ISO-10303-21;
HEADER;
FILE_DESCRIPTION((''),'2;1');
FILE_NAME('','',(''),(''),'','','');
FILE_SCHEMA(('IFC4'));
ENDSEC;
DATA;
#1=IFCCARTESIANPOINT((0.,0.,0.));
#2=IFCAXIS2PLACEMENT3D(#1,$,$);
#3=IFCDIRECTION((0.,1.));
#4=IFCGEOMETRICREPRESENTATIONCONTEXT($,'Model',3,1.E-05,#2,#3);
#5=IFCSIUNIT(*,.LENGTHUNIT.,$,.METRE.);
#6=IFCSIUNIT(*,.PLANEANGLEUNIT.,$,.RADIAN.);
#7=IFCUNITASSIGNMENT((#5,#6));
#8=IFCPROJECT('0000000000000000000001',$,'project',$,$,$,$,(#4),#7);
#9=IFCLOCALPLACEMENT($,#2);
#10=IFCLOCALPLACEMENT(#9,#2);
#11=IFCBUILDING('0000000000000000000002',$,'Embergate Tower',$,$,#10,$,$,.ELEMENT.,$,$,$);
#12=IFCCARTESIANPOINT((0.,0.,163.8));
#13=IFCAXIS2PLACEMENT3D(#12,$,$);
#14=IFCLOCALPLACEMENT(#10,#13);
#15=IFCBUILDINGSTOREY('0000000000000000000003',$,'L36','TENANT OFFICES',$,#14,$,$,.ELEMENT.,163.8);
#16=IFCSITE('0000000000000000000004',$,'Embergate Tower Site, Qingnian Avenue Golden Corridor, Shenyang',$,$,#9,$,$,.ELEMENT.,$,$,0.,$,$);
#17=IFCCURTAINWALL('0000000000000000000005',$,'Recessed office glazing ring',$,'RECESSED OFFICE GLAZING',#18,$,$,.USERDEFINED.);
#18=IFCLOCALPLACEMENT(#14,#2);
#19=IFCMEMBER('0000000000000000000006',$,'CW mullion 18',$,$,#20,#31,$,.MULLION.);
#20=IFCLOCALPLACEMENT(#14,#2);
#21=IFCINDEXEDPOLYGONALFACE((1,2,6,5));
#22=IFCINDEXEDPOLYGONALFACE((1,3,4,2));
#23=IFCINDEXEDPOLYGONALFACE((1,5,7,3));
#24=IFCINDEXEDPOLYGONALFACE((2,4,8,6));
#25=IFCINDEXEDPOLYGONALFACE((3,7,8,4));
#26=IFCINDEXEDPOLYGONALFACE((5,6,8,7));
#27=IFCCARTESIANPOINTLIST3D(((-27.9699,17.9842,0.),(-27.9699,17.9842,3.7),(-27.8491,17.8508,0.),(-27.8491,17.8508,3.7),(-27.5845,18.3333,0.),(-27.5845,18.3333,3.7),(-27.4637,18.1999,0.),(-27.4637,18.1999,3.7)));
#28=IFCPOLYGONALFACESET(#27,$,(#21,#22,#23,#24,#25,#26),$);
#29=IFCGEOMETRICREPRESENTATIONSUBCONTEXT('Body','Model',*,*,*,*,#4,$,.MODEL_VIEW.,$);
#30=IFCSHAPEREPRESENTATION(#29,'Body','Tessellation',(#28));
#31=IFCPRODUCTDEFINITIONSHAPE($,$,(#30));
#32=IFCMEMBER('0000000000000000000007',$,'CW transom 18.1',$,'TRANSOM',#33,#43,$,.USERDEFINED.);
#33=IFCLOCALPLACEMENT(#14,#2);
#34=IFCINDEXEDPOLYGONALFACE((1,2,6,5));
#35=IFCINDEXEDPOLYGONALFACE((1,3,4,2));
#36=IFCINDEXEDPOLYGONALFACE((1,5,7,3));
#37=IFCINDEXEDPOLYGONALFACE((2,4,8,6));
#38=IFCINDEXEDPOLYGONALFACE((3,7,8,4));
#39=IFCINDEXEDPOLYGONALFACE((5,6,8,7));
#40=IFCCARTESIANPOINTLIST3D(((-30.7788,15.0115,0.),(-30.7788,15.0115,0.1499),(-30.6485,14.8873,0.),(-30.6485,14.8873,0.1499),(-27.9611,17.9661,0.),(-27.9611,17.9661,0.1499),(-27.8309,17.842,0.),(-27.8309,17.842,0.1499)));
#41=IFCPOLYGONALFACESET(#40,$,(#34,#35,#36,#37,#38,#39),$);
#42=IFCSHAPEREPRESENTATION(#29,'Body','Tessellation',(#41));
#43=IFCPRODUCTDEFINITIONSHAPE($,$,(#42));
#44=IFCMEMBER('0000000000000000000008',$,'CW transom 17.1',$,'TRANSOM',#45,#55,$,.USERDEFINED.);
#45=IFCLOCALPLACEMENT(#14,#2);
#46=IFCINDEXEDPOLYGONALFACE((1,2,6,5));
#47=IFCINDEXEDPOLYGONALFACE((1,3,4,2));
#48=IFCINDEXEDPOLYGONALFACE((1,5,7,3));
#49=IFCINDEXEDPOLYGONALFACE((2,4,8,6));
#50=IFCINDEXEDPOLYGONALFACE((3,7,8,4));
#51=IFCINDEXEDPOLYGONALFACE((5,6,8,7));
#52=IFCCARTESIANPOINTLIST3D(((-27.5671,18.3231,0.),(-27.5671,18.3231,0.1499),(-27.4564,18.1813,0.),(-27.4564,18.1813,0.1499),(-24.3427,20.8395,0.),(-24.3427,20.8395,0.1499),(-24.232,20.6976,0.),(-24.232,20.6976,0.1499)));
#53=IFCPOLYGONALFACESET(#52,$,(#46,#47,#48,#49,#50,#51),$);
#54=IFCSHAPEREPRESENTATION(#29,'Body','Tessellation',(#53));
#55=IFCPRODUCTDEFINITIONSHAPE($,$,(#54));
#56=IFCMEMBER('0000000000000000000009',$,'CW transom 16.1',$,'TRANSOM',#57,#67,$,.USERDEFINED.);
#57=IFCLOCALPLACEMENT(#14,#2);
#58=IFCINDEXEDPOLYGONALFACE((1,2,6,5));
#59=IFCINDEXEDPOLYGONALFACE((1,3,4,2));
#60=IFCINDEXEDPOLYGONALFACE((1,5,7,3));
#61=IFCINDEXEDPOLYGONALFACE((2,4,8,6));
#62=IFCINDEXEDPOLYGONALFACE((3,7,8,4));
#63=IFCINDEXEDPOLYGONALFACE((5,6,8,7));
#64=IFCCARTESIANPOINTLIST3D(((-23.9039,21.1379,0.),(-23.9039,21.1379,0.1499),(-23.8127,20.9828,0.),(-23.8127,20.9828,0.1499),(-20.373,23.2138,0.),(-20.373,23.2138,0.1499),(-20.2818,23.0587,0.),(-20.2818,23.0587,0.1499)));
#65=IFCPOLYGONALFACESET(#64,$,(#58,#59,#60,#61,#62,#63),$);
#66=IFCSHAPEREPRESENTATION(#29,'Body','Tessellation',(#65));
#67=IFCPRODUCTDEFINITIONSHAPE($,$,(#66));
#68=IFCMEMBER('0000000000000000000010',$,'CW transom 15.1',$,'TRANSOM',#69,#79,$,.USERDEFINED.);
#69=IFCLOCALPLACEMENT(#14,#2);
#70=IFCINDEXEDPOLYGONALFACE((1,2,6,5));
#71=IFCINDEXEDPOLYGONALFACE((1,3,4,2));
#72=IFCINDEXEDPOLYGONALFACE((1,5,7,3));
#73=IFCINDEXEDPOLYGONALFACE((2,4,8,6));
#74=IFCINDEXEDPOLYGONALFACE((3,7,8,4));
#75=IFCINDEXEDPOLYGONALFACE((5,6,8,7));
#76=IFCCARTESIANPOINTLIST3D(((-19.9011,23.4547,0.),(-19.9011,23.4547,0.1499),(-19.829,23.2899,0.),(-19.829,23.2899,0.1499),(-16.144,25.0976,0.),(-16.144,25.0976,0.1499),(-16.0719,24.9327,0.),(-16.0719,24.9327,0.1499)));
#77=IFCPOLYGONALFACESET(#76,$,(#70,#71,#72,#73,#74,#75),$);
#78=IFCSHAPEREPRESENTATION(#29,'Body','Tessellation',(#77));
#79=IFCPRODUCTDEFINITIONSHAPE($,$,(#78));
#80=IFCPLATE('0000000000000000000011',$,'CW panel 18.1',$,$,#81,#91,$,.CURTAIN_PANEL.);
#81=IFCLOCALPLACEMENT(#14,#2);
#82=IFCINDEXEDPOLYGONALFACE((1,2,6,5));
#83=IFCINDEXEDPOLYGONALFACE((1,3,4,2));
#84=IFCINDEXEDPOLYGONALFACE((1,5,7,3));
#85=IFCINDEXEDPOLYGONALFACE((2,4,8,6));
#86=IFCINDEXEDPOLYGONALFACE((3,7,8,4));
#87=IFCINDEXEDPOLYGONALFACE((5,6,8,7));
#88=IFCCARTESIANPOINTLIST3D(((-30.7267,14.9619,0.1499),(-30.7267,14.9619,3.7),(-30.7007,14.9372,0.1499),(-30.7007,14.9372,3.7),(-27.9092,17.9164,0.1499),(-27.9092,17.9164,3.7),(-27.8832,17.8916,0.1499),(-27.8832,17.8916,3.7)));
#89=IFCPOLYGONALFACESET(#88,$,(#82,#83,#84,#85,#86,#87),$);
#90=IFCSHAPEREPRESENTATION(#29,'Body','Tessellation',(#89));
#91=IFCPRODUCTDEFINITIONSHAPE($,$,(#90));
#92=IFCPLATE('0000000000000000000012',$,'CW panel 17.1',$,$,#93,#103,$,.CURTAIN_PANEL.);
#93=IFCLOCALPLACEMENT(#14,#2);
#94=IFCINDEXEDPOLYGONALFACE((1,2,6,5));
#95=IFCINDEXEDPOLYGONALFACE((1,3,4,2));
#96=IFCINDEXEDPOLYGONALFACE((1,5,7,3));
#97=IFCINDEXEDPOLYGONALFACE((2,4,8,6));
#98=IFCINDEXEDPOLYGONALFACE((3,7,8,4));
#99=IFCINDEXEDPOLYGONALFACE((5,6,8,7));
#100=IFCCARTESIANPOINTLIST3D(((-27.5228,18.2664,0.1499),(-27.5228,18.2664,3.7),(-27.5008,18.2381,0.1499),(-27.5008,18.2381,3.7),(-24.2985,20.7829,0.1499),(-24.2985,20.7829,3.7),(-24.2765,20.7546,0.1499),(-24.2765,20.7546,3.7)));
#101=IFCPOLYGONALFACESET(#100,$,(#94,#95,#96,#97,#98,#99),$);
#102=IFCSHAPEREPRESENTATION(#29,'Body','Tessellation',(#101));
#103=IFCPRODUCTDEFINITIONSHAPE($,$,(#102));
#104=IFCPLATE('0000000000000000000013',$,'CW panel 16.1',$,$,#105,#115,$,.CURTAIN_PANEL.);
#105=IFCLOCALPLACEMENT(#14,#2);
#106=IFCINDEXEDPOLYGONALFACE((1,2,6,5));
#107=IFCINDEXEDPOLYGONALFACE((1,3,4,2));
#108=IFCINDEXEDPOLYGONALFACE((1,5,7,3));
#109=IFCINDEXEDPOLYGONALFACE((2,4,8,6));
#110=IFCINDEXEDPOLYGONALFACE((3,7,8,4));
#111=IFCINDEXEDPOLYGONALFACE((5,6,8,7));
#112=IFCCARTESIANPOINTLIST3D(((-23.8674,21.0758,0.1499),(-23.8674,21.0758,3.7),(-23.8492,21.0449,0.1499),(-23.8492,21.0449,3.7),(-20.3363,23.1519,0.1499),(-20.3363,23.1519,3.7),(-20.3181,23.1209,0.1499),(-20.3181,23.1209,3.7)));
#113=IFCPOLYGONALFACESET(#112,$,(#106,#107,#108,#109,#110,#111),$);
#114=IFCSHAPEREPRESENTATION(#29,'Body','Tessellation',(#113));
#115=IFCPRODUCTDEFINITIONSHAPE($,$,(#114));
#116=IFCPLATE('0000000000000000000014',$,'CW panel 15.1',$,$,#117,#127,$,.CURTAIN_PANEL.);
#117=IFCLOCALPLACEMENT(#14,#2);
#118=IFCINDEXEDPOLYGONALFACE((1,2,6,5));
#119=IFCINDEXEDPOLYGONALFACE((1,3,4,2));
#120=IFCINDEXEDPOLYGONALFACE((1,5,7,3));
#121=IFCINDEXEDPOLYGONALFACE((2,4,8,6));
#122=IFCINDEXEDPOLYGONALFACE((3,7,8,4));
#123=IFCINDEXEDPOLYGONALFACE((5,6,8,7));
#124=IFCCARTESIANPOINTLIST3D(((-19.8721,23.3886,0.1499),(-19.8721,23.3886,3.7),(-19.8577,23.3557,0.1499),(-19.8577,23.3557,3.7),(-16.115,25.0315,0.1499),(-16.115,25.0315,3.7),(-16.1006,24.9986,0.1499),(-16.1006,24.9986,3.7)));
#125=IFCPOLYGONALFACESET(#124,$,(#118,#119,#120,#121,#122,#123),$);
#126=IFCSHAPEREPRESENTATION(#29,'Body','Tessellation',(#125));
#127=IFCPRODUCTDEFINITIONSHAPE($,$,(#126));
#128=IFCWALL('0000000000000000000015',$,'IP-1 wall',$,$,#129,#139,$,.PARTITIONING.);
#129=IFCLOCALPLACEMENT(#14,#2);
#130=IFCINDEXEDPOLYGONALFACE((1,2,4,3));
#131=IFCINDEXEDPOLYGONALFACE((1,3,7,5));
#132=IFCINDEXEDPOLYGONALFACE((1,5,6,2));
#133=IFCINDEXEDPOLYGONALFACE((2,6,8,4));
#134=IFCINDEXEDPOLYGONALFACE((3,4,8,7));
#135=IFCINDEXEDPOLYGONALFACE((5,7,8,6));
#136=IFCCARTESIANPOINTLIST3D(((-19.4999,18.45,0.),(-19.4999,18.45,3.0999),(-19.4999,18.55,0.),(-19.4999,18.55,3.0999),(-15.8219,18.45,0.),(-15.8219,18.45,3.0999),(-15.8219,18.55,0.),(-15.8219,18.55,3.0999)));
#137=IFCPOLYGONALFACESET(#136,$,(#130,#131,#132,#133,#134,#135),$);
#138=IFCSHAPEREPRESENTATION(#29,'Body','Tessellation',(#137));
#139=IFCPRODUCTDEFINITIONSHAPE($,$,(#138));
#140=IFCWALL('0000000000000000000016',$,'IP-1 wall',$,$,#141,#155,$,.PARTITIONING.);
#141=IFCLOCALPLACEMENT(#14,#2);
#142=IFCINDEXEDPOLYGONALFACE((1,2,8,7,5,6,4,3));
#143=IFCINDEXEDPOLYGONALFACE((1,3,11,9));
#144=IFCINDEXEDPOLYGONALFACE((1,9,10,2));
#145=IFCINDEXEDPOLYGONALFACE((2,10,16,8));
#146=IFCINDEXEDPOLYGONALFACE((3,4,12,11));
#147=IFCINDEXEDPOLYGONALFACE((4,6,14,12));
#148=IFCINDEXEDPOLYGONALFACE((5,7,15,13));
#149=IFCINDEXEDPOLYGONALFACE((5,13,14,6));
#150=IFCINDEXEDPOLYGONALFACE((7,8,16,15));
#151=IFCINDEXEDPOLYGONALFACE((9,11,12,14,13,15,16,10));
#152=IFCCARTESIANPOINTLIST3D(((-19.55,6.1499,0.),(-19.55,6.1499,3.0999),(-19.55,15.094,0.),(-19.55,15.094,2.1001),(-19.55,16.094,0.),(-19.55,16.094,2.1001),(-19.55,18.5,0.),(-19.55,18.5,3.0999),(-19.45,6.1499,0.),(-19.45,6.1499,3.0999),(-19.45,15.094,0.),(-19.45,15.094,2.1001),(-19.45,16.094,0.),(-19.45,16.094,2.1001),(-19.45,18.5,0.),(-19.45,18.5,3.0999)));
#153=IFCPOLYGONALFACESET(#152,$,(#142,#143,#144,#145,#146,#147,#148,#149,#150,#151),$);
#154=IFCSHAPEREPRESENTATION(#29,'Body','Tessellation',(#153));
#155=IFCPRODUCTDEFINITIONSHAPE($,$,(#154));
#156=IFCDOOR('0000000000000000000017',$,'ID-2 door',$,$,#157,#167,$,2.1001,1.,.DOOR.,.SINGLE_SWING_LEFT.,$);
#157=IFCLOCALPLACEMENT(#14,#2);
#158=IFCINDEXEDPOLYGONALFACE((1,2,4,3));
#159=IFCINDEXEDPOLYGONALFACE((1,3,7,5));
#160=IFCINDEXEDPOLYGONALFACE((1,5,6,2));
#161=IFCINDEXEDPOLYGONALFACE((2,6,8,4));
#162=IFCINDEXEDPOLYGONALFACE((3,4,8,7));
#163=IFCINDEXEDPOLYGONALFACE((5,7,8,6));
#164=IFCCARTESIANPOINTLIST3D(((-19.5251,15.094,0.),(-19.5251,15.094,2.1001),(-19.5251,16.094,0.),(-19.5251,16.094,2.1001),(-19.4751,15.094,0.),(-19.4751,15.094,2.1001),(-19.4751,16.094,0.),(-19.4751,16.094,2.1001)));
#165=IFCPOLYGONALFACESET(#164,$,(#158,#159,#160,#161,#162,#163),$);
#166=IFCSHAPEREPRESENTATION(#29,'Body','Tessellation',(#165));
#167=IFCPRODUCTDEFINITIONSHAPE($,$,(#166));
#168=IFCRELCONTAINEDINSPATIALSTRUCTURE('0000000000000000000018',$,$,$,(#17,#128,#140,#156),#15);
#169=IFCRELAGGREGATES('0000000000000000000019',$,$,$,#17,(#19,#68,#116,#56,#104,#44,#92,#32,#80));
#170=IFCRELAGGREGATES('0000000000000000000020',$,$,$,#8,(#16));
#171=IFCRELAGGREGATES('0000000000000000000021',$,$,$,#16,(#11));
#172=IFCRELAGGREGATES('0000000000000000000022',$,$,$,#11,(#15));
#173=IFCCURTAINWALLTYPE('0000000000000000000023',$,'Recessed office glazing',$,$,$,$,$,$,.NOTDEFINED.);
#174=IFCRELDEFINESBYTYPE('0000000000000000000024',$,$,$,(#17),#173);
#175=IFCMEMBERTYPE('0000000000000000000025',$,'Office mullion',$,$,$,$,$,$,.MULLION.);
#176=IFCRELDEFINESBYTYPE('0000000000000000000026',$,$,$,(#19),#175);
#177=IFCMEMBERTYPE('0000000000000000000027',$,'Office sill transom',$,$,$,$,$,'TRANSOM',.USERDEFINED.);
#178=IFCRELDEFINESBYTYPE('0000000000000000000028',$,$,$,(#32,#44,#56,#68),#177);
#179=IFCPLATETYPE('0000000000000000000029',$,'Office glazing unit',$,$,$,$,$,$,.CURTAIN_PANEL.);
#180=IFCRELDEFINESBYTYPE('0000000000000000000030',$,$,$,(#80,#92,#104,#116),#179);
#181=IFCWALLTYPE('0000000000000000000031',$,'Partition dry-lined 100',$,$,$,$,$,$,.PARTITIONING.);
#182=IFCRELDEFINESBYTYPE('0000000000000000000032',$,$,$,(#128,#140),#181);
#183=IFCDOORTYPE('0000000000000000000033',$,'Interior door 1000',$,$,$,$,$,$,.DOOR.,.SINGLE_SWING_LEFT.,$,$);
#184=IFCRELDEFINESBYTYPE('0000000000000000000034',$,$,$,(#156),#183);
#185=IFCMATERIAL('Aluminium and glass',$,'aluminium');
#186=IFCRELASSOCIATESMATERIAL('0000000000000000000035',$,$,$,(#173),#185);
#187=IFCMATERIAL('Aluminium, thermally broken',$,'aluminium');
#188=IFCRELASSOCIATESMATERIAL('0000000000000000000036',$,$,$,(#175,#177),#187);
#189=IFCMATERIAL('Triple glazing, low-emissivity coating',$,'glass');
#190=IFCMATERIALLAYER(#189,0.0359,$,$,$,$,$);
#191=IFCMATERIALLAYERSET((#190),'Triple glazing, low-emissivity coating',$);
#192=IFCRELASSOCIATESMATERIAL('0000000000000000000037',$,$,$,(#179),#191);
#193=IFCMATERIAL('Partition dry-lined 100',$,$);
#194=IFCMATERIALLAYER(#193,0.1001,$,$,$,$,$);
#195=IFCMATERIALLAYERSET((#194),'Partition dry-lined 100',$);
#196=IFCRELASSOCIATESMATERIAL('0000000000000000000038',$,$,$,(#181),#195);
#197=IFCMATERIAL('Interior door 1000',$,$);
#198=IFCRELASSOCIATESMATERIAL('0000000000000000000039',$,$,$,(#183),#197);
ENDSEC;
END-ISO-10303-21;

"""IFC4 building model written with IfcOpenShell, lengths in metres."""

from ifc_helpers import new_model, si_unit, direction, frame, frame_2d, origin, origin_2d, place, context, subcontext, project, spatial, rectangle, extrude, source, transform, mapped, material, layer, layer_set, material_profile, profile_set, type_object, element, fill, aggregate, save


model = new_model("IFC4")

# Units and contexts
model_context = context("Model", 3, precision=1e-05, world=origin(), true_north=direction((0.0, 1.0)))
body_context = subcontext(model_context, "Body", "Model", "MODEL_VIEW")
ifc_project = project(units=[si_unit("LENGTHUNIT", "METRE"), si_unit("PLANEANGLEUNIT", "RADIAN")], contexts=[model_context])

# Site, building, storey
site_placement = place(None, origin())
site = spatial("IfcSite", under=ifc_project, at=site_placement, Name="Embergate Tower Site, Qingnian Avenue Golden Corridor, Shenyang", CompositionType="ELEMENT", RefElevation=0.0)
building_placement = place(site_placement, origin())
building = spatial("IfcBuilding", under=site, at=building_placement, Name="Embergate Tower", CompositionType="ELEMENT")
storey_placement = place(building_placement, frame((0.0, 0.0, 163.8)))
storey = spatial("IfcBuildingStorey", under=building, at=storey_placement, Name="L36", Description="TENANT OFFICES", CompositionType="ELEMENT", Elevation=163.8)

# Curtain wall, members, plates
ifc_material_1 = material(Name="Aluminium and glass", Category="aluminium")
curtain_wall_type = type_object("IfcCurtainWallType", Name="Recessed office glazing", PredefinedType="NOTDEFINED", material=ifc_material_1)
curtain_wall_placement = place(storey_placement, origin())
curtain_wall = element("IfcCurtainWall", 1, at=curtain_wall_placement, inside=storey, type_object=curtain_wall_type, Name="Recessed office glazing ring", ObjectType="RECESSED OFFICE GLAZING", PredefinedType="USERDEFINED")
ifc_material_2 = material(Name="Aluminium, thermally broken", Category="aluminium")
ifc_material_profile_1 = material_profile(ifc_material_2, rectangle(XDim=0.1799, YDim=0.52, at=origin_2d()), Name="AL 520x180")
ifc_profile_set_1 = profile_set([ifc_material_profile_1], Name="Aluminium, thermally broken")
member_type_1 = type_object("IfcMemberType", Name="Office mullion", PredefinedType="MULLION", material=ifc_profile_set_1)
shared_shape_1 = source(origin(), body_context, "Body", "SweptSolid", [
    extrude(rectangle(XDim=0.1799, YDim=0.52, at=origin_2d()), origin(), (0.0, 0.0, 1.0), 3.7),
])
member_1_placement = place(storey_placement, frame((-27.7168, 18.092, 0.0), z_axis=(0.0, 0.0, 1.0), x_axis=(0.671227, -0.741252, 0.0)))
member_1 = element("IfcMember", 2, at=member_1_placement, type_object=member_type_1, Name="CW mullion 18", PredefinedType="MULLION", context=body_context, shape_type="MappedRepresentation", body=[
    mapped(shared_shape_1, transform((0.0, 0.0, 0.0))),
])
ifc_material_profile_2 = material_profile(ifc_material_2, rectangle(XDim=0.1799, YDim=0.1499, at=origin_2d()), Name="AL 150x180")
ifc_profile_set_2 = profile_set([ifc_material_profile_2], Name="Aluminium, thermally broken")
member_type_2 = type_object("IfcMemberType", Name="Office sill transom", ElementType="TRANSOM", PredefinedType="USERDEFINED", material=ifc_profile_set_2)
shared_shape_2 = source(origin(), body_context, "Body", "SweptSolid", [
    extrude(rectangle(XDim=0.1799, YDim=0.1499, at=origin_2d()), origin(), (0.0, 0.0, 1.0), 4.0828),
])
member_2_placement = place(storey_placement, frame((-27.896, 17.9041, 0.075), z_axis=(-0.690134, -0.723681, 0.0), x_axis=(0.723681, -0.690134, 0.0)))
member_2 = element("IfcMember", 3, at=member_2_placement, type_object=member_type_2, Name="CW transom 18.1", ObjectType="TRANSOM", PredefinedType="USERDEFINED", context=body_context, shape_type="MappedRepresentation", body=[
    mapped(shared_shape_2, transform((0.0, 0.0, 0.0))),
])
shared_shape_3 = source(origin(), body_context, "Body", "SweptSolid", [
    extrude(rectangle(XDim=0.1799, YDim=0.1499, at=origin_2d()), origin(), (0.0, 0.0, 1.0), 4.0901),
])
member_3_placement = place(storey_placement, frame((-24.2874, 20.7686, 0.075), z_axis=(-0.788342, -0.615237, 0.0), x_axis=(0.615237, -0.788342, 0.0)))
member_3 = element("IfcMember", 4, at=member_3_placement, type_object=member_type_2, Name="CW transom 17.1", ObjectType="TRANSOM", PredefinedType="USERDEFINED", context=body_context, shape_type="MappedRepresentation", body=[
    mapped(shared_shape_3, transform((0.0, 0.0, 0.0))),
])
shared_shape_4 = source(origin(), body_context, "Body", "SweptSolid", [
    extrude(rectangle(XDim=0.1799, YDim=0.1499, at=origin_2d()), origin(), (0.0, 0.0, 1.0), 4.0959),
])
member_4_placement = place(storey_placement, frame((-20.3274, 23.1362, 0.075), z_axis=(-0.862055, -0.506814, 0.0), x_axis=(0.506814, -0.862055, 0.0)))
member_4 = element("IfcMember", 5, at=member_4_placement, type_object=member_type_2, Name="CW transom 16.1", ObjectType="TRANSOM", PredefinedType="USERDEFINED", context=body_context, shape_type="MappedRepresentation", body=[
    mapped(shared_shape_4, transform((0.0, 0.0, 0.0))),
])
shared_shape_5 = source(origin(), body_context, "Body", "SweptSolid", [
    extrude(rectangle(XDim=0.1799, YDim=0.1499, at=origin_2d()), origin(), (0.0, 0.0, 1.0), 4.1006),
])
member_5_placement = place(storey_placement, frame((-16.1079, 25.0151, 0.075), z_axis=(-0.916238, -0.400635, 0.0), x_axis=(0.400635, -0.916238, 0.0)))
member_5 = element("IfcMember", 6, at=member_5_placement, type_object=member_type_2, Name="CW transom 15.1", ObjectType="TRANSOM", PredefinedType="USERDEFINED", context=body_context, shape_type="MappedRepresentation", body=[
    mapped(shared_shape_5, transform((0.0, 0.0, 0.0))),
])
ifc_material_3 = material(Name="Triple glazing, low-emissivity coating", Category="glass")
ifc_layer_1 = layer(ifc_material_3, 0.0359)
ifc_layer_set_1 = layer_set([ifc_layer_1], Name="Triple glazing, low-emissivity coating")
plate_type = type_object("IfcPlateType", Name="Office glazing unit", PredefinedType="CURTAIN_PANEL", material=ifc_layer_set_1)
shared_shape_6 = source(origin(), body_context, "Body", "SweptSolid", [
    extrude(rectangle(XDim=4.0825, YDim=0.0359, at=origin_2d()), origin(), (0.0, 0.0, 1.0), 3.55),
])
plate_1_placement = place(storey_placement, frame((-29.3049, 16.4268, 0.1499), z_axis=(0.0, 0.0, 1.0), x_axis=(-0.690135, -0.723681, 0.0)))
plate_1 = element("IfcPlate", 7, at=plate_1_placement, type_object=plate_type, Name="CW panel 18.1", PredefinedType="CURTAIN_PANEL", context=body_context, shape_type="MappedRepresentation", body=[
    mapped(shared_shape_6, transform((0.0, 0.0, 0.0))),
])
shared_shape_7 = source(origin(), body_context, "Body", "SweptSolid", [
    extrude(rectangle(XDim=4.0901, YDim=0.0359, at=origin_2d()), origin(), (0.0, 0.0, 1.0), 3.55),
])
plate_2_placement = place(storey_placement, frame((-25.8997, 19.5105, 0.1499), z_axis=(0.0, 0.0, 1.0), x_axis=(-0.78832, -0.615265, 0.0)))
plate_2 = element("IfcPlate", 8, at=plate_2_placement, type_object=plate_type, Name="CW panel 17.1", PredefinedType="CURTAIN_PANEL", context=body_context, shape_type="MappedRepresentation", body=[
    mapped(shared_shape_7, transform((0.0, 0.0, 0.0))),
])
shared_shape_8 = source(origin(), body_context, "Body", "SweptSolid", [
    extrude(rectangle(XDim=4.0962, YDim=0.0359, at=origin_2d()), origin(), (0.0, 0.0, 1.0), 3.55),
])
plate_3_placement = place(storey_placement, frame((-22.0928, 22.0984, 0.1499), z_axis=(0.0, 0.0, 1.0), x_axis=(-0.862053, -0.506818, 0.0)))
plate_3 = element("IfcPlate", 9, at=plate_3_placement, type_object=plate_type, Name="CW panel 16.1", PredefinedType="CURTAIN_PANEL", context=body_context, shape_type="MappedRepresentation", body=[
    mapped(shared_shape_8, transform((0.0, 0.0, 0.0))),
])
shared_shape_9 = source(origin(), body_context, "Body", "SweptSolid", [
    extrude(rectangle(XDim=4.1006, YDim=0.0359, at=origin_2d()), origin(), (0.0, 0.0, 1.0), 3.55),
])
plate_4_placement = place(storey_placement, frame((-17.9863, 24.1936, 0.1499), z_axis=(0.0, 0.0, 1.0), x_axis=(-0.916236, -0.400638, 0.0)))
plate_4 = element("IfcPlate", 10, at=plate_4_placement, type_object=plate_type, Name="CW panel 15.1", PredefinedType="CURTAIN_PANEL", context=body_context, shape_type="MappedRepresentation", body=[
    mapped(shared_shape_9, transform((0.0, 0.0, 0.0))),
])
aggregate(curtain_wall, [member_1, member_5, plate_4, member_4, plate_3, member_3, plate_2, member_2, plate_1])

# Wall
ifc_material_4 = material(Name="Partition dry-lined 100")
ifc_layer_2 = layer(ifc_material_4, 0.1001)
ifc_layer_set_2 = layer_set([ifc_layer_2], Name="Partition dry-lined 100")
wall_type = type_object("IfcWallType", Name="Partition dry-lined 100", PredefinedType="PARTITIONING", material=ifc_layer_set_2)
shared_shape_10 = source(origin(), body_context, "Body", "SweptSolid", [
    extrude(rectangle(XDim=3.678, YDim=0.1001, at=frame_2d((1.8389, 0.0))), origin(), (0.0, 0.0, 1.0), 3.0999),
])
wall_1_placement = place(storey_placement, frame((-15.822, 18.5, 0.0), z_axis=(0.0, 0.0, 1.0), x_axis=(-1.0, 0.0, 0.0)))
element("IfcWall", 11, at=wall_1_placement, inside=storey, type_object=wall_type, Name="IP-1 wall", PredefinedType="PARTITIONING", context=body_context, shape_type="MappedRepresentation", body=[
    mapped(shared_shape_10, transform((0.0, 0.0, 0.0))),
])

# Wall, opening, door
shared_shape_11 = source(origin(), body_context, "Body", "SweptSolid", [
    extrude(rectangle(XDim=12.3501, YDim=0.1001, at=frame_2d((6.175, 0.0))), origin(), (0.0, 0.0, 1.0), 3.0999),
])
wall_2_placement = place(storey_placement, frame((-19.5, 18.5, 0.0), z_axis=(0.0, 0.0, 1.0), x_axis=(0.0, -1.0, 0.0)))
wall_2 = element("IfcWall", 12, at=wall_2_placement, inside=storey, type_object=wall_type, Name="IP-1 wall", PredefinedType="PARTITIONING", context=body_context, shape_type="MappedRepresentation", body=[
    mapped(shared_shape_11, transform((0.0, 0.0, 0.0))),
])
shared_shape_12 = source(origin(), body_context, "Body", "SweptSolid", [
    extrude(rectangle(XDim=1.0, YDim=2.1001, at=frame_2d((0.5, 1.05))), frame((0.0, 0.0601, 0.0), z_axis=(0.0, -1.0, 0.0), x_axis=(1.0, 0.0, 0.0)), (0.0, 0.0, 1.0), 0.1201),
])
opening_placement = place(wall_2_placement, frame((2.406, 0.0, 0.0)))
opening = element("IfcOpeningElement", 13, at=opening_placement, cuts=wall_2, PredefinedType="OPENING", context=body_context, shape_type="MappedRepresentation", body=[
    mapped(shared_shape_12, transform((0.0, 0.0, 0.0))),
])
ifc_material_5 = material(Name="Interior door 1000")
door_type = type_object("IfcDoorType", Name="Interior door 1000", OperationType="SINGLE_SWING_LEFT", PredefinedType="DOOR", material=ifc_material_5)
shared_shape_13 = source(origin(), body_context, "Body", "SweptSolid", [
    extrude(rectangle(XDim=1.0, YDim=2.1001, at=frame_2d((0.5, 1.05))), frame((0.0, 0.0249, 0.0), z_axis=(0.0, -1.0, 0.0), x_axis=(1.0, 0.0, 0.0)), (0.0, 0.0, 1.0), 0.05),
])
door_placement = place(opening_placement, origin())
door = element("IfcDoor", 14, at=door_placement, inside=storey, type_object=door_type, Name="ID-2 door", OperationType="SINGLE_SWING_LEFT", OverallHeight=2.1001, OverallWidth=1.0, PredefinedType="DOOR", context=body_context, shape_type="MappedRepresentation", body=[
    mapped(shared_shape_13, transform((0.0, 0.0, 0.0))),
])
fill(opening, door)

save(model, "model.ifc")
